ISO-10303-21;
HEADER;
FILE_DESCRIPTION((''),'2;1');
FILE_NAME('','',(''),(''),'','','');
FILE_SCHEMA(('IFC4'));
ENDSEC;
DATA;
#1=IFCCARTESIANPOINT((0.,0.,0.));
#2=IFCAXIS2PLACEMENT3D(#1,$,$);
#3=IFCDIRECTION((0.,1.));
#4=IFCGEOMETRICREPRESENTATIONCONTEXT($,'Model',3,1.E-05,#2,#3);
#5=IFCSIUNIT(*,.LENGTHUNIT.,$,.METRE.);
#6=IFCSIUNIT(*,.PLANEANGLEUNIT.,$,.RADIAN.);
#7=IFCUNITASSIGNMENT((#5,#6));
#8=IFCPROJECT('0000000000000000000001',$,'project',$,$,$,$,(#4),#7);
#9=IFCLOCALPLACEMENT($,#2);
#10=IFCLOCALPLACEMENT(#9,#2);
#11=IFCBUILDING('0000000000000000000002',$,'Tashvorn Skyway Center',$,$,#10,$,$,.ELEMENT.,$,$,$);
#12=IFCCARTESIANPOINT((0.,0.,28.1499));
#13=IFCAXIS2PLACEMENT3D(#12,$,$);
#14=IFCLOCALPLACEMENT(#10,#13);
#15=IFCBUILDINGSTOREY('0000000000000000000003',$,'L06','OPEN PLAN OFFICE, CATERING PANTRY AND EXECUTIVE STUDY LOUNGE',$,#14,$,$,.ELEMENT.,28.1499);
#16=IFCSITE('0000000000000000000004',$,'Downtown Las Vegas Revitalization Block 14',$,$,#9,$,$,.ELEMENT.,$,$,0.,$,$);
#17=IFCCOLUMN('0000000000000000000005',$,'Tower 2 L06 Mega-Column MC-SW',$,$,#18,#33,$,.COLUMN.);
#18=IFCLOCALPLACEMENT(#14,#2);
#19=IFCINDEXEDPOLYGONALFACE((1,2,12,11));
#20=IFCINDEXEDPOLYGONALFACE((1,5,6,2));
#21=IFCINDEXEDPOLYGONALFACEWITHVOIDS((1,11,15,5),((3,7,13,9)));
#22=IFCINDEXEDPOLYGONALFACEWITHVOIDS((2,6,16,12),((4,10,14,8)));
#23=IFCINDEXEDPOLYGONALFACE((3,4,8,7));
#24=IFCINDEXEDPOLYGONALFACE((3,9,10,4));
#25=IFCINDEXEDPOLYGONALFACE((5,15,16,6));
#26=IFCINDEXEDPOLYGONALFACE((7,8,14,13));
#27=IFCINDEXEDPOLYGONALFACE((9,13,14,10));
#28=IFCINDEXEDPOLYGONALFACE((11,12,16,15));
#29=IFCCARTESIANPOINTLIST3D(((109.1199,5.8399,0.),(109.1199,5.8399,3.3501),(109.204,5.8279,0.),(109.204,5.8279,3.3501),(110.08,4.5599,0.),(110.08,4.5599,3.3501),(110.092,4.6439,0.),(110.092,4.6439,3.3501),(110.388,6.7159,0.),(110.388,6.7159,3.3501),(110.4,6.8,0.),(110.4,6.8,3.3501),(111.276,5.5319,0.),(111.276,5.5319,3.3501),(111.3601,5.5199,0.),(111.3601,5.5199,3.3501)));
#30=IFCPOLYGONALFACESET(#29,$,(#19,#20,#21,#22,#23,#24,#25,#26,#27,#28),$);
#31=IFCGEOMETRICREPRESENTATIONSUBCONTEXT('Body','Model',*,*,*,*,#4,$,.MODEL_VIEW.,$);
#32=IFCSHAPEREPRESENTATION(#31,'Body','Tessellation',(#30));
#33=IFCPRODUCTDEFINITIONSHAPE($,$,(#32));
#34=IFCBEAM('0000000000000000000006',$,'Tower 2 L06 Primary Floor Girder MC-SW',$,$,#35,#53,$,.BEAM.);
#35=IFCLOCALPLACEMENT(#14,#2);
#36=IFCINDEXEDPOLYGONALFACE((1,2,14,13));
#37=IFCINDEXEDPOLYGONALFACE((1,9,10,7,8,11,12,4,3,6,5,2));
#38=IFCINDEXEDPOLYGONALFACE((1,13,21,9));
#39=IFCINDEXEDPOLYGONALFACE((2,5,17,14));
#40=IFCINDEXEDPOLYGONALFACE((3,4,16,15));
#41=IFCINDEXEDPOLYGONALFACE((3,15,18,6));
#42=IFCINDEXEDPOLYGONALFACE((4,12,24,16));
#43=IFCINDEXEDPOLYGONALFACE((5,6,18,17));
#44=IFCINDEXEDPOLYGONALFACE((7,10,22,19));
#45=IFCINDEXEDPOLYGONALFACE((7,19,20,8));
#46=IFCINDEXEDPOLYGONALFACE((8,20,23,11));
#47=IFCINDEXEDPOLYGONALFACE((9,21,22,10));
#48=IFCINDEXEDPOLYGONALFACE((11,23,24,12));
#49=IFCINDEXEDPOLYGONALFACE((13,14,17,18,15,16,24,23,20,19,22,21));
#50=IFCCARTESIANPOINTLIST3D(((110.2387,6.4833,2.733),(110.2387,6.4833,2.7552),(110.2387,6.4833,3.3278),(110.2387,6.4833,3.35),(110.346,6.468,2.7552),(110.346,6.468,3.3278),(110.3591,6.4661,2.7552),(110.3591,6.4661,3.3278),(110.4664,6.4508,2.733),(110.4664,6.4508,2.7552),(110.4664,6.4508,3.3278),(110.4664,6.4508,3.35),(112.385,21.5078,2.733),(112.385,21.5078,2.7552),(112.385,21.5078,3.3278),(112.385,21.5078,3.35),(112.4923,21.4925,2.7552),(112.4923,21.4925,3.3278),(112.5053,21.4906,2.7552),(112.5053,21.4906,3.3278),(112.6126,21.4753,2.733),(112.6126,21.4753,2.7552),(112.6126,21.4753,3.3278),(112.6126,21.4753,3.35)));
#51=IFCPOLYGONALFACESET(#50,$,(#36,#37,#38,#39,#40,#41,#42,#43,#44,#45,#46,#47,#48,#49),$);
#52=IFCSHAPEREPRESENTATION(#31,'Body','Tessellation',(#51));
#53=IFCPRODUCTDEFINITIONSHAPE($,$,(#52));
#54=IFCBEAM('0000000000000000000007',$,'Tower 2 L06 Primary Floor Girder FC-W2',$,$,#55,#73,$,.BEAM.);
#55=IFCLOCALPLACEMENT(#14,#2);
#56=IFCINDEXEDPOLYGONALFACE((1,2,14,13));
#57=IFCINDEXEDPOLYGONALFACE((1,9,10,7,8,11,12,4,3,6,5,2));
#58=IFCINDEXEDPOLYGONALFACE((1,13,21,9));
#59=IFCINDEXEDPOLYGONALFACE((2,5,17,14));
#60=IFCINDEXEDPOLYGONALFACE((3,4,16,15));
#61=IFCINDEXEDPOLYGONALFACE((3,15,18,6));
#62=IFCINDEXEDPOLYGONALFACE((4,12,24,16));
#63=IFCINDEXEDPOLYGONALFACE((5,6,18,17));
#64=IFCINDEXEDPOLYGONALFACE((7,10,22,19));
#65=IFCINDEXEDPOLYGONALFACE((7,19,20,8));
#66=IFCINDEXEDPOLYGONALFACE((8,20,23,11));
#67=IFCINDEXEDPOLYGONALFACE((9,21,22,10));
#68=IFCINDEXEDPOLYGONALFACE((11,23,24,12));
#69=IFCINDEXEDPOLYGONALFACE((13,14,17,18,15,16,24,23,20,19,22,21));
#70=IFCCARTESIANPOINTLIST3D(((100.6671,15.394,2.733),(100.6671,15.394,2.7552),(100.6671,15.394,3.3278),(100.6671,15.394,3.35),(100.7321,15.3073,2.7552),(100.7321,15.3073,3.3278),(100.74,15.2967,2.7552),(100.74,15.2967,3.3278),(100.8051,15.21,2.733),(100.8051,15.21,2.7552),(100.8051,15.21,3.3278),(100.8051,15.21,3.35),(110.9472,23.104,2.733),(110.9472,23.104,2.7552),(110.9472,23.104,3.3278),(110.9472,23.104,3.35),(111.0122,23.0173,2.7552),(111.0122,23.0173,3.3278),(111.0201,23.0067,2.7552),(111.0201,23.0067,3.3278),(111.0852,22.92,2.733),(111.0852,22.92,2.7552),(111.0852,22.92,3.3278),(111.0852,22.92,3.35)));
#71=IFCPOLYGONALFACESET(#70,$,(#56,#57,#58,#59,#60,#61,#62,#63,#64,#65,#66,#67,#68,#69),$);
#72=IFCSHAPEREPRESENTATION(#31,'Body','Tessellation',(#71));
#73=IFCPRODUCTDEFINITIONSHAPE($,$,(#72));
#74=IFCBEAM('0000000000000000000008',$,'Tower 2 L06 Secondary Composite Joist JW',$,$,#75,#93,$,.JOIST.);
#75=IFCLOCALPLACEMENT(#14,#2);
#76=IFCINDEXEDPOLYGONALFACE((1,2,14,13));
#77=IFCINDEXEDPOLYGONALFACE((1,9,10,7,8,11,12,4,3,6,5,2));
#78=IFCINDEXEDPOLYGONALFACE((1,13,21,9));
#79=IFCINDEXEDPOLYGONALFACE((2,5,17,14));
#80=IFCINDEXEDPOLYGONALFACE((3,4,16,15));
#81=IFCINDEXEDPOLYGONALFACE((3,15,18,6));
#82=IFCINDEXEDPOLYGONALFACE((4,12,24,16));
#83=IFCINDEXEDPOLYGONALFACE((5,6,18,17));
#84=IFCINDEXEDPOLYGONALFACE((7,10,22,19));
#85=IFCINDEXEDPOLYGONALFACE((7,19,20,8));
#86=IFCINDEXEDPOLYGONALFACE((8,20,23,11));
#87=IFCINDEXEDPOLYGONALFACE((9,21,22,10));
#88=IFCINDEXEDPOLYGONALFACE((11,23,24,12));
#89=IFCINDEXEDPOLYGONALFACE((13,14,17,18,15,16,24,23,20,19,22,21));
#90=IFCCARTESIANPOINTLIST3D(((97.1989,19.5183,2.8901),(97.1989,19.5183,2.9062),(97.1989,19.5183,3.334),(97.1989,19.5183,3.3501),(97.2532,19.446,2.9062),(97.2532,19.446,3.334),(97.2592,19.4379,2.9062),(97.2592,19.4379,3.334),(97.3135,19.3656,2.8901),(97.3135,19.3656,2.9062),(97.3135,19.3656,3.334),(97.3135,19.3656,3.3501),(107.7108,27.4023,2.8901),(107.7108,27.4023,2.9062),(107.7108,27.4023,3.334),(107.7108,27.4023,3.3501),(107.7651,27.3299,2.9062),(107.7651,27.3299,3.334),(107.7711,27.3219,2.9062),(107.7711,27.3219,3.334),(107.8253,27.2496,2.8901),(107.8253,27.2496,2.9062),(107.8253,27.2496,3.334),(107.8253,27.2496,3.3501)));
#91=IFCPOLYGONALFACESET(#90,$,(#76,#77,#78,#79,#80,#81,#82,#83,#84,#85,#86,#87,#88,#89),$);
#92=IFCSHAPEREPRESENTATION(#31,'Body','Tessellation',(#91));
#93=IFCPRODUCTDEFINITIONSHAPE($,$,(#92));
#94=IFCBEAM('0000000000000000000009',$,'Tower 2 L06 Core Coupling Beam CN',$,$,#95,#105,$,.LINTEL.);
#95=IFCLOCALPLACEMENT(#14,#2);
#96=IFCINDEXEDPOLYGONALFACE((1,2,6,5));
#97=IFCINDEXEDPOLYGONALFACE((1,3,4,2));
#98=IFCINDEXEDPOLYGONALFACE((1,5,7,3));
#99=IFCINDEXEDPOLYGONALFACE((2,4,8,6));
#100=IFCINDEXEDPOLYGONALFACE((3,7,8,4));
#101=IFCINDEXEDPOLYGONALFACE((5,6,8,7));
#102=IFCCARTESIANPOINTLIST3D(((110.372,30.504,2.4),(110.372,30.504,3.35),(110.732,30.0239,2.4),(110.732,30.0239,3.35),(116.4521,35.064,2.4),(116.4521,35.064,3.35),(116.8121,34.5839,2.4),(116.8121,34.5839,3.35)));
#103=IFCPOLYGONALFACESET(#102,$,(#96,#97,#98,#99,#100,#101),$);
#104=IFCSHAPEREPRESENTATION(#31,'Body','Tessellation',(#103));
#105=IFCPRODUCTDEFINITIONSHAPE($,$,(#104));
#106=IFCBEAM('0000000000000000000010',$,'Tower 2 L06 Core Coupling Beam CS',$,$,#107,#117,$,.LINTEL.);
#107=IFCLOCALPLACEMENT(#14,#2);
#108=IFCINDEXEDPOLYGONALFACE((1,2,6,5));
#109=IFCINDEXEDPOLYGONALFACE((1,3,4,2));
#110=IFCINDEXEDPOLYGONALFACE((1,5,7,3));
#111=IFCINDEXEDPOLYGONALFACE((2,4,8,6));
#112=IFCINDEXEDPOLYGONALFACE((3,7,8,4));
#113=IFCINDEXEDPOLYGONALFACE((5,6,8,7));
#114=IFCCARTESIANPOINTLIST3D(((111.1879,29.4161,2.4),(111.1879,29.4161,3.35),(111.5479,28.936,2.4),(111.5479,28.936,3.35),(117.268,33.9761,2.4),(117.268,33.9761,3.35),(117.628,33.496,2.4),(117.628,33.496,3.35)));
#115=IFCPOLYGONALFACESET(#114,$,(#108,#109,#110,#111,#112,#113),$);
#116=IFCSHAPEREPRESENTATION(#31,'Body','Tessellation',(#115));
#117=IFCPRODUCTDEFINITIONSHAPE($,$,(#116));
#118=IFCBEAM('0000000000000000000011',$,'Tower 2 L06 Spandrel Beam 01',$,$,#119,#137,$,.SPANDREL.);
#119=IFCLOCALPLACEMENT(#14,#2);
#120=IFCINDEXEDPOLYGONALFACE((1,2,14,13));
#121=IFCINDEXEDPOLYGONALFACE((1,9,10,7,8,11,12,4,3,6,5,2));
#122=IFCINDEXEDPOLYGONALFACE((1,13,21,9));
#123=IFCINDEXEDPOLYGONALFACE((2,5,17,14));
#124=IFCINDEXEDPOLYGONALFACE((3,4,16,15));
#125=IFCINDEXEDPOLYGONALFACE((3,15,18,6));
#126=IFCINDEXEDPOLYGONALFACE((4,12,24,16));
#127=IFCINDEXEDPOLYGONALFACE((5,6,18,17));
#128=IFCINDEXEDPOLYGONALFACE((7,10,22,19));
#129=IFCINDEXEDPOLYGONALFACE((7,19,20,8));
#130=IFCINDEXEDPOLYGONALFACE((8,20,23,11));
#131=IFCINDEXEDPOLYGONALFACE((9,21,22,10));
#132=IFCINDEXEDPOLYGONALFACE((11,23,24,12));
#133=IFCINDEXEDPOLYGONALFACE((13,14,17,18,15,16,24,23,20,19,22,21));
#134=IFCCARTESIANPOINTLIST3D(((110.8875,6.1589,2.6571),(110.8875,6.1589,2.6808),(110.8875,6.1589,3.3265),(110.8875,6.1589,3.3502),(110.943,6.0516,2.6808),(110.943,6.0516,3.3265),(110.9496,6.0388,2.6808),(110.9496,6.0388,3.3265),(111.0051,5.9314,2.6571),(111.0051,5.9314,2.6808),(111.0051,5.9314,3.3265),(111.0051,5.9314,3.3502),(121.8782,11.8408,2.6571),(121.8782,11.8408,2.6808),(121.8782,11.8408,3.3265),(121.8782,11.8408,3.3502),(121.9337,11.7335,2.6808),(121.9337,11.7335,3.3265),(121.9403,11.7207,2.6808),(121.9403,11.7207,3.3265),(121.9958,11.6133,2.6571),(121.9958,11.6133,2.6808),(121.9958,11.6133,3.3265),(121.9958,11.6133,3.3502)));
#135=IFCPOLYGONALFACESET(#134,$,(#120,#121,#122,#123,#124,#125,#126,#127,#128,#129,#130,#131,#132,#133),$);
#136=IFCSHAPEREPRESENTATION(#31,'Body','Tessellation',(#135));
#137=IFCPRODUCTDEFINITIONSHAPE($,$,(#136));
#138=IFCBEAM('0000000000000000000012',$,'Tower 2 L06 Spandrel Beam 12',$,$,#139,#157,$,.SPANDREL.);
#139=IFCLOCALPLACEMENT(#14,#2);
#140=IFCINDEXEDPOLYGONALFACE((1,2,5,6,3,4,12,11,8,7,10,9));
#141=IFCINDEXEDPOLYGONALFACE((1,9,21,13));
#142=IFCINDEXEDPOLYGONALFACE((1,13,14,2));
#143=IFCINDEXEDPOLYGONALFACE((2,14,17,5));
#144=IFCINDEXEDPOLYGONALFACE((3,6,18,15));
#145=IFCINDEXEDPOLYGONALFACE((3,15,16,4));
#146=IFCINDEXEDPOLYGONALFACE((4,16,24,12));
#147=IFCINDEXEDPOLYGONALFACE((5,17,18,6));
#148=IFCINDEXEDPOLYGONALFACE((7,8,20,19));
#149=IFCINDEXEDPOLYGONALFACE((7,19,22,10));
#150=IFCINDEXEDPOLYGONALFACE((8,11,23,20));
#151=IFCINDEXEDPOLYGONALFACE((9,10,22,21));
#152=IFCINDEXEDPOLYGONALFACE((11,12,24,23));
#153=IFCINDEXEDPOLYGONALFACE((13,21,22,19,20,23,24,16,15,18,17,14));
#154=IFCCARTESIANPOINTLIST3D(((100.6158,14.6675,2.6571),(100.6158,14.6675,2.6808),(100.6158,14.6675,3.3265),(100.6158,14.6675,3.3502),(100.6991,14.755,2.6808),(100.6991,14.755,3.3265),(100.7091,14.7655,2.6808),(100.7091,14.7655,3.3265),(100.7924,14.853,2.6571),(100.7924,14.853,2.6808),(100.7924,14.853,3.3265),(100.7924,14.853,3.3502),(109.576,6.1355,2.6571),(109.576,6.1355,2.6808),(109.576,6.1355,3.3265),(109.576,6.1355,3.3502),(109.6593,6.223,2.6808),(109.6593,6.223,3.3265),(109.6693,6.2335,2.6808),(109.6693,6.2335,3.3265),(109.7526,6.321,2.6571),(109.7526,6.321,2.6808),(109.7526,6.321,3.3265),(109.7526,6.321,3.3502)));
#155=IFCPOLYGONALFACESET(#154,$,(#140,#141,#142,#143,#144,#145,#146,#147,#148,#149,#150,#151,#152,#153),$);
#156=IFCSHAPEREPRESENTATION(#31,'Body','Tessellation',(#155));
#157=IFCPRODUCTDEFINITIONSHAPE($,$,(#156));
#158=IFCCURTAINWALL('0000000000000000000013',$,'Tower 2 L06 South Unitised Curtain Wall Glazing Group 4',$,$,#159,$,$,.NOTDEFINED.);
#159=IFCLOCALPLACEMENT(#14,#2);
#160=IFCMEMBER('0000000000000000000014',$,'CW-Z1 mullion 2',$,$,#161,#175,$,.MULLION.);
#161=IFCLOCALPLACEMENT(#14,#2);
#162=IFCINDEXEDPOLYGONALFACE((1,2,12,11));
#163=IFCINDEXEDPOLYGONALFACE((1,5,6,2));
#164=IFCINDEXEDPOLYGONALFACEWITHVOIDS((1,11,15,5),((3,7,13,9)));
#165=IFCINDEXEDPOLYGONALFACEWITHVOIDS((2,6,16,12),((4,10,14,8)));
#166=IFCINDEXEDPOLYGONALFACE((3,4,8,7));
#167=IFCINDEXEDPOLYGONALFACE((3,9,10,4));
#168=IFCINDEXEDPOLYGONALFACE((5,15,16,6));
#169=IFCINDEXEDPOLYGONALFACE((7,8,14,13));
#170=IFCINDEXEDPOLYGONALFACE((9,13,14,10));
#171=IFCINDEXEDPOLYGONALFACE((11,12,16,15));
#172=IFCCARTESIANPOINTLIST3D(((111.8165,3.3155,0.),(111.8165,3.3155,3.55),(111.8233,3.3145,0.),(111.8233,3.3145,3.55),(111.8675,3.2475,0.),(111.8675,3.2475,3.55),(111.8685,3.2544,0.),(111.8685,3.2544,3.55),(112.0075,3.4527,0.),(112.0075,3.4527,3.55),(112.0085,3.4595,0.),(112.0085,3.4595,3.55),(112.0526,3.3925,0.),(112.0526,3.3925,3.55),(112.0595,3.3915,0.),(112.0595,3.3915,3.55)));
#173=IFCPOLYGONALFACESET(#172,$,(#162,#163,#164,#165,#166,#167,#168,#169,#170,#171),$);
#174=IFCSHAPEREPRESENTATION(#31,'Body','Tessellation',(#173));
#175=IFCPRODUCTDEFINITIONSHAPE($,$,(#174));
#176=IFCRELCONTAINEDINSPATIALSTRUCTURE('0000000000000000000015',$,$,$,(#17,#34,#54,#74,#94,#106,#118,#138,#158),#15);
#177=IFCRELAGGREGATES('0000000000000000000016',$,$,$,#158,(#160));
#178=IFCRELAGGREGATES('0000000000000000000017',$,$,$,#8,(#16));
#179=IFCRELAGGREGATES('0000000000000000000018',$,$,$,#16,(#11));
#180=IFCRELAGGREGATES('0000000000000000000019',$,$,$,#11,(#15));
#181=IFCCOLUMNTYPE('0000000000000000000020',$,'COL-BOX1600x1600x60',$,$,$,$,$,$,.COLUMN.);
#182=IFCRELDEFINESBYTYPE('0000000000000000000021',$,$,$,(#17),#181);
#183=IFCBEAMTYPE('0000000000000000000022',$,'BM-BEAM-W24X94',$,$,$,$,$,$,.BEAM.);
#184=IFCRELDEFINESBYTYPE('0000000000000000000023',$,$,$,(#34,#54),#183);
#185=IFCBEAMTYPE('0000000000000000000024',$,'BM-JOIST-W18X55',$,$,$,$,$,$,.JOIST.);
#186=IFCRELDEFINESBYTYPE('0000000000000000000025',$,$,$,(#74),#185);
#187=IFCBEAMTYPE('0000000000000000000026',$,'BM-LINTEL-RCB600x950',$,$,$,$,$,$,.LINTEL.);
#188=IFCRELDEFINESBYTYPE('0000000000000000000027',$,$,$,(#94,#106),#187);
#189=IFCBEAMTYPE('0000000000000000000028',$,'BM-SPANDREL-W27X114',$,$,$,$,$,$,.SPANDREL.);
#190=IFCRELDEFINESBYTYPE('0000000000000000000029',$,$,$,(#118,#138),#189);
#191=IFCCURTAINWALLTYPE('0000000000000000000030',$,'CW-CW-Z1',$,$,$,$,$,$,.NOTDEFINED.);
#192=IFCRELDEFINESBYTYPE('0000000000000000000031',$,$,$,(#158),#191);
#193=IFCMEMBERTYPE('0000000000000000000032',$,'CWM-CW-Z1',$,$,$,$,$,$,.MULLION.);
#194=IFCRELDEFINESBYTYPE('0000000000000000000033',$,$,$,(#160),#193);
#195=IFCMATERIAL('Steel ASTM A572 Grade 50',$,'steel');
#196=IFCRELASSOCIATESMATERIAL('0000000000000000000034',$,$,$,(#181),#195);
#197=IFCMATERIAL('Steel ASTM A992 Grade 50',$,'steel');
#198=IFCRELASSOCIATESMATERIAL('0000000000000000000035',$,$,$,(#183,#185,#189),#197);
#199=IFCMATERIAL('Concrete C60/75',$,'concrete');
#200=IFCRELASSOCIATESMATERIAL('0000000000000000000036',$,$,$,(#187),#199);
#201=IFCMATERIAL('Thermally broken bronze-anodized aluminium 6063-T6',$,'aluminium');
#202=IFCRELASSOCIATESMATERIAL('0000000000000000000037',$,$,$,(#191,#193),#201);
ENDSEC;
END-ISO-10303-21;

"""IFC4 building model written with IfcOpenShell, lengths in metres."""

from ifc_helpers import new_model, si_unit, direction, frame, origin, origin_2d, place, context, subcontext, project, spatial, rectangle, hollow_rectangle, i_section, extrude, material, material_profile, profile_set, type_object, element, aggregate, save


model = new_model("IFC4")

# Units and contexts
model_context = context("Model", 3, precision=1e-05, world=origin(), true_north=direction((0.0, 1.0)))
body_context = subcontext(model_context, "Body", "Model", "MODEL_VIEW")
ifc_project = project(units=[si_unit("LENGTHUNIT", "METRE"), si_unit("PLANEANGLEUNIT", "RADIAN")], contexts=[model_context])

# Site, building, storey
site_placement = place(None, origin())
site = spatial("IfcSite", under=ifc_project, at=site_placement, Name="Downtown Las Vegas Revitalization Block 14", CompositionType="ELEMENT", RefElevation=0.0)
building_placement = place(site_placement, origin())
building = spatial("IfcBuilding", under=site, at=building_placement, Name="Tashvorn Skyway Center", CompositionType="ELEMENT")
storey_placement = place(building_placement, frame((0.0, 0.0, 28.1499)))
storey = spatial("IfcBuildingStorey", under=building, at=storey_placement, Name="L06", Description="OPEN PLAN OFFICE, CATERING PANTRY AND EXECUTIVE STUDY LOUNGE", CompositionType="ELEMENT", Elevation=28.1499)

# Column
ifc_material_1 = material(Name="Steel ASTM A572 Grade 50", Category="steel")
ifc_material_profile_1 = material_profile(ifc_material_1, hollow_rectangle(XDim=1.6001, YDim=1.6001, WallThickness=0.0601, at=origin_2d()), Name="BOX1600x1600x60")
ifc_profile_set_1 = profile_set([ifc_material_profile_1], Name="Steel ASTM A572 Grade 50")
column_type = type_object("IfcColumnType", Name="COL-BOX1600x1600x60", PredefinedType="COLUMN", material=ifc_profile_set_1)
column_placement = place(storey_placement, frame((110.24, 5.6799, 0.0), z_axis=(0.0, 0.0, 1.0), x_axis=(0.8, 0.6, 0.0)))
element("IfcColumn", 1, at=column_placement, inside=storey, type_object=column_type, Name="Tower 2 L06 Mega-Column MC-SW", PredefinedType="COLUMN", context=body_context, shape_type="SweptSolid", body=[
    extrude(hollow_rectangle(XDim=1.6001, YDim=1.6001, WallThickness=0.0601, at=origin_2d()), origin(), (0.0, 0.0, 1.0), 3.3501),
])

# Beams
ifc_material_2 = material(Name="Steel ASTM A992 Grade 50", Category="steel")
ifc_material_profile_2 = material_profile(ifc_material_2, i_section(OverallWidth=0.23, OverallDepth=0.6169, WebThickness=0.0132, FlangeThickness=0.0222, at=origin_2d()), Name="W24X94")
ifc_profile_set_2 = profile_set([ifc_material_profile_2], Name="Steel ASTM A992 Grade 50")
beam_type_1 = type_object("IfcBeamType", Name="BM-BEAM-W24X94", PredefinedType="BEAM", material=ifc_profile_set_2)
beam_1_placement = place(storey_placement, frame((110.3525, 6.467, 3.0415), z_axis=(0.141415, 0.98995, 0.0), x_axis=(-0.98995, 0.141415, 0.0)))
element("IfcBeam", 2, at=beam_1_placement, inside=storey, type_object=beam_type_1, Name="Tower 2 L06 Primary Floor Girder MC-SW", PredefinedType="BEAM", context=body_context, shape_type="SweptSolid", body=[
    extrude(i_section(OverallWidth=0.23, OverallDepth=0.6169, WebThickness=0.0132, FlangeThickness=0.0222, at=origin_2d()), origin(), (0.0, 0.0, 1.0), 15.177),
])
beam_2_placement = place(storey_placement, frame((100.7361, 15.302, 3.0415), z_axis=(0.800002, 0.599997, 0.0), x_axis=(-0.599997, 0.800002, 0.0)))
element("IfcBeam", 3, at=beam_2_placement, inside=storey, type_object=beam_type_1, Name="Tower 2 L06 Primary Floor Girder FC-W2", PredefinedType="BEAM", context=body_context, shape_type="SweptSolid", body=[
    extrude(i_section(OverallWidth=0.23, OverallDepth=0.6169, WebThickness=0.0132, FlangeThickness=0.0222, at=origin_2d()), origin(), (0.0, 0.0, 1.0), 12.8501),
])
ifc_material_profile_3 = material_profile(ifc_material_2, i_section(OverallWidth=0.1909, OverallDepth=0.46, WebThickness=0.01, FlangeThickness=0.0161, at=origin_2d()), Name="W18X55")
ifc_profile_set_3 = profile_set([ifc_material_profile_3], Name="Steel ASTM A992 Grade 50")
beam_type_2 = type_object("IfcBeamType", Name="BM-JOIST-W18X55", PredefinedType="JOIST", material=ifc_profile_set_3)
beam_3_placement = place(storey_placement, frame((107.7681, 27.3259, 3.1201), z_axis=(-0.799998, -0.600003, 0.0), x_axis=(0.600003, -0.799998, 0.0)))
element("IfcBeam", 4, at=beam_3_placement, inside=storey, type_object=beam_type_2, Name="Tower 2 L06 Secondary Composite Joist JW", PredefinedType="JOIST", context=body_context, shape_type="SweptSolid", body=[
    extrude(i_section(OverallWidth=0.1909, OverallDepth=0.46, WebThickness=0.01, FlangeThickness=0.0161, at=origin_2d()), origin(), (0.0, 0.0, 1.0), 13.1399),
])
ifc_material_3 = material(Name="Concrete C60/75", Category="concrete")
ifc_material_profile_4 = material_profile(ifc_material_3, rectangle(XDim=0.6001, YDim=0.95, at=origin_2d()), Name="RCB600x950")
ifc_profile_set_4 = profile_set([ifc_material_profile_4], Name="Concrete C60/75")
beam_type_3 = type_object("IfcBeamType", Name="BM-LINTEL-RCB600x950", PredefinedType="LINTEL", material=ifc_profile_set_4)
for number, where, z_axis, x_axis, name in (
    (5, (110.552, 30.2639, 2.875), (0.8, 0.6, 0.0), (-0.6, 0.8, 0.0), "Tower 2 L06 Core Coupling Beam CN"),
    (6, (111.3679, 29.176, 2.875), (0.8, 0.6, 0.0), (-0.6, 0.8, 0.0), "Tower 2 L06 Core Coupling Beam CS"),
):
    element("IfcBeam", number, at=place(storey_placement, frame(where, z_axis=z_axis, x_axis=x_axis)), inside=storey, type_object=beam_type_3, Name=name, PredefinedType="LINTEL", context=body_context, shape_type="SweptSolid", body=[
        extrude(rectangle(XDim=0.6001, YDim=0.95, at=origin_2d()), origin(), (0.0, 0.0, 1.0), 7.6001),
    ])
ifc_material_profile_5 = material_profile(ifc_material_2, i_section(OverallWidth=0.2561, OverallDepth=0.6931, WebThickness=0.0144, FlangeThickness=0.0237, at=origin_2d()), Name="W27X114")
ifc_profile_set_5 = profile_set([ifc_material_profile_5], Name="Steel ASTM A992 Grade 50")
beam_type_4 = type_object("IfcBeamType", Name="BM-SPANDREL-W27X114", PredefinedType="SPANDREL", material=ifc_profile_set_5)
for number, where, z_axis, x_axis, name in (
    (7, (110.9463, 6.0452, 3.0037), (0.888316, 0.459233, 0.0), (-0.459233, 0.888316, 0.0), "Tower 2 L06 Spandrel Beam 01"),
    (8, (100.7041, 14.7603, 3.0037), (0.7242, -0.68959, 0.0), (0.68959, 0.7242, 0.0), "Tower 2 L06 Spandrel Beam 12"),
):
    element("IfcBeam", number, at=place(storey_placement, frame(where, z_axis=z_axis, x_axis=x_axis)), inside=storey, type_object=beam_type_4, Name=name, PredefinedType="SPANDREL", context=body_context, shape_type="SweptSolid", body=[
        extrude(i_section(OverallWidth=0.2561, OverallDepth=0.6931, WebThickness=0.0144, FlangeThickness=0.0237, at=origin_2d()), origin(), (0.0, 0.0, 1.0), 12.3726),
    ])

# Curtain wall, member
ifc_material_4 = material(Name="Thermally broken bronze-anodized aluminium 6063-T6", Category="aluminium")
curtain_wall_type = type_object("IfcCurtainWallType", Name="CW-CW-Z1", PredefinedType="NOTDEFINED", material=ifc_material_4)
curtain_wall_1_placement = place(storey_placement, origin())
curtain_wall_1 = element("IfcCurtainWall", 9, at=curtain_wall_1_placement, inside=storey, type_object=curtain_wall_type, Name="Tower 2 L06 South Unitised Curtain Wall Glazing Group 4", PredefinedType="NOTDEFINED")
ifc_material_profile_6 = material_profile(ifc_material_4, hollow_rectangle(XDim=0.085, YDim=0.24, WallThickness=0.0049, at=origin_2d()), Name="ALU-MULL-85x240")
ifc_profile_set_6 = profile_set([ifc_material_profile_6], Name="Thermally broken bronze-anodized aluminium 6063-T6")
member_type_1 = type_object("IfcMemberType", Name="CWM-CW-Z1", PredefinedType="MULLION", material=ifc_profile_set_6)
member_1_placement = place(storey_placement, frame((111.938, 3.3535, 0.0), z_axis=(0.0, 0.0, 1.0), x_axis=(0.6, -0.8, 0.0)))
member_1 = element("IfcMember", 10, at=member_1_placement, type_object=member_type_1, Name="CW-Z1 mullion 2", PredefinedType="MULLION", context=body_context, shape_type="SweptSolid", body=[
    extrude(hollow_rectangle(XDim=0.085, YDim=0.24, WallThickness=0.0049, at=origin_2d()), origin(), (0.0, 0.0, 1.0), 3.55),
])
aggregate(curtain_wall_1, [member_1])

save(model, "model.ifc")
